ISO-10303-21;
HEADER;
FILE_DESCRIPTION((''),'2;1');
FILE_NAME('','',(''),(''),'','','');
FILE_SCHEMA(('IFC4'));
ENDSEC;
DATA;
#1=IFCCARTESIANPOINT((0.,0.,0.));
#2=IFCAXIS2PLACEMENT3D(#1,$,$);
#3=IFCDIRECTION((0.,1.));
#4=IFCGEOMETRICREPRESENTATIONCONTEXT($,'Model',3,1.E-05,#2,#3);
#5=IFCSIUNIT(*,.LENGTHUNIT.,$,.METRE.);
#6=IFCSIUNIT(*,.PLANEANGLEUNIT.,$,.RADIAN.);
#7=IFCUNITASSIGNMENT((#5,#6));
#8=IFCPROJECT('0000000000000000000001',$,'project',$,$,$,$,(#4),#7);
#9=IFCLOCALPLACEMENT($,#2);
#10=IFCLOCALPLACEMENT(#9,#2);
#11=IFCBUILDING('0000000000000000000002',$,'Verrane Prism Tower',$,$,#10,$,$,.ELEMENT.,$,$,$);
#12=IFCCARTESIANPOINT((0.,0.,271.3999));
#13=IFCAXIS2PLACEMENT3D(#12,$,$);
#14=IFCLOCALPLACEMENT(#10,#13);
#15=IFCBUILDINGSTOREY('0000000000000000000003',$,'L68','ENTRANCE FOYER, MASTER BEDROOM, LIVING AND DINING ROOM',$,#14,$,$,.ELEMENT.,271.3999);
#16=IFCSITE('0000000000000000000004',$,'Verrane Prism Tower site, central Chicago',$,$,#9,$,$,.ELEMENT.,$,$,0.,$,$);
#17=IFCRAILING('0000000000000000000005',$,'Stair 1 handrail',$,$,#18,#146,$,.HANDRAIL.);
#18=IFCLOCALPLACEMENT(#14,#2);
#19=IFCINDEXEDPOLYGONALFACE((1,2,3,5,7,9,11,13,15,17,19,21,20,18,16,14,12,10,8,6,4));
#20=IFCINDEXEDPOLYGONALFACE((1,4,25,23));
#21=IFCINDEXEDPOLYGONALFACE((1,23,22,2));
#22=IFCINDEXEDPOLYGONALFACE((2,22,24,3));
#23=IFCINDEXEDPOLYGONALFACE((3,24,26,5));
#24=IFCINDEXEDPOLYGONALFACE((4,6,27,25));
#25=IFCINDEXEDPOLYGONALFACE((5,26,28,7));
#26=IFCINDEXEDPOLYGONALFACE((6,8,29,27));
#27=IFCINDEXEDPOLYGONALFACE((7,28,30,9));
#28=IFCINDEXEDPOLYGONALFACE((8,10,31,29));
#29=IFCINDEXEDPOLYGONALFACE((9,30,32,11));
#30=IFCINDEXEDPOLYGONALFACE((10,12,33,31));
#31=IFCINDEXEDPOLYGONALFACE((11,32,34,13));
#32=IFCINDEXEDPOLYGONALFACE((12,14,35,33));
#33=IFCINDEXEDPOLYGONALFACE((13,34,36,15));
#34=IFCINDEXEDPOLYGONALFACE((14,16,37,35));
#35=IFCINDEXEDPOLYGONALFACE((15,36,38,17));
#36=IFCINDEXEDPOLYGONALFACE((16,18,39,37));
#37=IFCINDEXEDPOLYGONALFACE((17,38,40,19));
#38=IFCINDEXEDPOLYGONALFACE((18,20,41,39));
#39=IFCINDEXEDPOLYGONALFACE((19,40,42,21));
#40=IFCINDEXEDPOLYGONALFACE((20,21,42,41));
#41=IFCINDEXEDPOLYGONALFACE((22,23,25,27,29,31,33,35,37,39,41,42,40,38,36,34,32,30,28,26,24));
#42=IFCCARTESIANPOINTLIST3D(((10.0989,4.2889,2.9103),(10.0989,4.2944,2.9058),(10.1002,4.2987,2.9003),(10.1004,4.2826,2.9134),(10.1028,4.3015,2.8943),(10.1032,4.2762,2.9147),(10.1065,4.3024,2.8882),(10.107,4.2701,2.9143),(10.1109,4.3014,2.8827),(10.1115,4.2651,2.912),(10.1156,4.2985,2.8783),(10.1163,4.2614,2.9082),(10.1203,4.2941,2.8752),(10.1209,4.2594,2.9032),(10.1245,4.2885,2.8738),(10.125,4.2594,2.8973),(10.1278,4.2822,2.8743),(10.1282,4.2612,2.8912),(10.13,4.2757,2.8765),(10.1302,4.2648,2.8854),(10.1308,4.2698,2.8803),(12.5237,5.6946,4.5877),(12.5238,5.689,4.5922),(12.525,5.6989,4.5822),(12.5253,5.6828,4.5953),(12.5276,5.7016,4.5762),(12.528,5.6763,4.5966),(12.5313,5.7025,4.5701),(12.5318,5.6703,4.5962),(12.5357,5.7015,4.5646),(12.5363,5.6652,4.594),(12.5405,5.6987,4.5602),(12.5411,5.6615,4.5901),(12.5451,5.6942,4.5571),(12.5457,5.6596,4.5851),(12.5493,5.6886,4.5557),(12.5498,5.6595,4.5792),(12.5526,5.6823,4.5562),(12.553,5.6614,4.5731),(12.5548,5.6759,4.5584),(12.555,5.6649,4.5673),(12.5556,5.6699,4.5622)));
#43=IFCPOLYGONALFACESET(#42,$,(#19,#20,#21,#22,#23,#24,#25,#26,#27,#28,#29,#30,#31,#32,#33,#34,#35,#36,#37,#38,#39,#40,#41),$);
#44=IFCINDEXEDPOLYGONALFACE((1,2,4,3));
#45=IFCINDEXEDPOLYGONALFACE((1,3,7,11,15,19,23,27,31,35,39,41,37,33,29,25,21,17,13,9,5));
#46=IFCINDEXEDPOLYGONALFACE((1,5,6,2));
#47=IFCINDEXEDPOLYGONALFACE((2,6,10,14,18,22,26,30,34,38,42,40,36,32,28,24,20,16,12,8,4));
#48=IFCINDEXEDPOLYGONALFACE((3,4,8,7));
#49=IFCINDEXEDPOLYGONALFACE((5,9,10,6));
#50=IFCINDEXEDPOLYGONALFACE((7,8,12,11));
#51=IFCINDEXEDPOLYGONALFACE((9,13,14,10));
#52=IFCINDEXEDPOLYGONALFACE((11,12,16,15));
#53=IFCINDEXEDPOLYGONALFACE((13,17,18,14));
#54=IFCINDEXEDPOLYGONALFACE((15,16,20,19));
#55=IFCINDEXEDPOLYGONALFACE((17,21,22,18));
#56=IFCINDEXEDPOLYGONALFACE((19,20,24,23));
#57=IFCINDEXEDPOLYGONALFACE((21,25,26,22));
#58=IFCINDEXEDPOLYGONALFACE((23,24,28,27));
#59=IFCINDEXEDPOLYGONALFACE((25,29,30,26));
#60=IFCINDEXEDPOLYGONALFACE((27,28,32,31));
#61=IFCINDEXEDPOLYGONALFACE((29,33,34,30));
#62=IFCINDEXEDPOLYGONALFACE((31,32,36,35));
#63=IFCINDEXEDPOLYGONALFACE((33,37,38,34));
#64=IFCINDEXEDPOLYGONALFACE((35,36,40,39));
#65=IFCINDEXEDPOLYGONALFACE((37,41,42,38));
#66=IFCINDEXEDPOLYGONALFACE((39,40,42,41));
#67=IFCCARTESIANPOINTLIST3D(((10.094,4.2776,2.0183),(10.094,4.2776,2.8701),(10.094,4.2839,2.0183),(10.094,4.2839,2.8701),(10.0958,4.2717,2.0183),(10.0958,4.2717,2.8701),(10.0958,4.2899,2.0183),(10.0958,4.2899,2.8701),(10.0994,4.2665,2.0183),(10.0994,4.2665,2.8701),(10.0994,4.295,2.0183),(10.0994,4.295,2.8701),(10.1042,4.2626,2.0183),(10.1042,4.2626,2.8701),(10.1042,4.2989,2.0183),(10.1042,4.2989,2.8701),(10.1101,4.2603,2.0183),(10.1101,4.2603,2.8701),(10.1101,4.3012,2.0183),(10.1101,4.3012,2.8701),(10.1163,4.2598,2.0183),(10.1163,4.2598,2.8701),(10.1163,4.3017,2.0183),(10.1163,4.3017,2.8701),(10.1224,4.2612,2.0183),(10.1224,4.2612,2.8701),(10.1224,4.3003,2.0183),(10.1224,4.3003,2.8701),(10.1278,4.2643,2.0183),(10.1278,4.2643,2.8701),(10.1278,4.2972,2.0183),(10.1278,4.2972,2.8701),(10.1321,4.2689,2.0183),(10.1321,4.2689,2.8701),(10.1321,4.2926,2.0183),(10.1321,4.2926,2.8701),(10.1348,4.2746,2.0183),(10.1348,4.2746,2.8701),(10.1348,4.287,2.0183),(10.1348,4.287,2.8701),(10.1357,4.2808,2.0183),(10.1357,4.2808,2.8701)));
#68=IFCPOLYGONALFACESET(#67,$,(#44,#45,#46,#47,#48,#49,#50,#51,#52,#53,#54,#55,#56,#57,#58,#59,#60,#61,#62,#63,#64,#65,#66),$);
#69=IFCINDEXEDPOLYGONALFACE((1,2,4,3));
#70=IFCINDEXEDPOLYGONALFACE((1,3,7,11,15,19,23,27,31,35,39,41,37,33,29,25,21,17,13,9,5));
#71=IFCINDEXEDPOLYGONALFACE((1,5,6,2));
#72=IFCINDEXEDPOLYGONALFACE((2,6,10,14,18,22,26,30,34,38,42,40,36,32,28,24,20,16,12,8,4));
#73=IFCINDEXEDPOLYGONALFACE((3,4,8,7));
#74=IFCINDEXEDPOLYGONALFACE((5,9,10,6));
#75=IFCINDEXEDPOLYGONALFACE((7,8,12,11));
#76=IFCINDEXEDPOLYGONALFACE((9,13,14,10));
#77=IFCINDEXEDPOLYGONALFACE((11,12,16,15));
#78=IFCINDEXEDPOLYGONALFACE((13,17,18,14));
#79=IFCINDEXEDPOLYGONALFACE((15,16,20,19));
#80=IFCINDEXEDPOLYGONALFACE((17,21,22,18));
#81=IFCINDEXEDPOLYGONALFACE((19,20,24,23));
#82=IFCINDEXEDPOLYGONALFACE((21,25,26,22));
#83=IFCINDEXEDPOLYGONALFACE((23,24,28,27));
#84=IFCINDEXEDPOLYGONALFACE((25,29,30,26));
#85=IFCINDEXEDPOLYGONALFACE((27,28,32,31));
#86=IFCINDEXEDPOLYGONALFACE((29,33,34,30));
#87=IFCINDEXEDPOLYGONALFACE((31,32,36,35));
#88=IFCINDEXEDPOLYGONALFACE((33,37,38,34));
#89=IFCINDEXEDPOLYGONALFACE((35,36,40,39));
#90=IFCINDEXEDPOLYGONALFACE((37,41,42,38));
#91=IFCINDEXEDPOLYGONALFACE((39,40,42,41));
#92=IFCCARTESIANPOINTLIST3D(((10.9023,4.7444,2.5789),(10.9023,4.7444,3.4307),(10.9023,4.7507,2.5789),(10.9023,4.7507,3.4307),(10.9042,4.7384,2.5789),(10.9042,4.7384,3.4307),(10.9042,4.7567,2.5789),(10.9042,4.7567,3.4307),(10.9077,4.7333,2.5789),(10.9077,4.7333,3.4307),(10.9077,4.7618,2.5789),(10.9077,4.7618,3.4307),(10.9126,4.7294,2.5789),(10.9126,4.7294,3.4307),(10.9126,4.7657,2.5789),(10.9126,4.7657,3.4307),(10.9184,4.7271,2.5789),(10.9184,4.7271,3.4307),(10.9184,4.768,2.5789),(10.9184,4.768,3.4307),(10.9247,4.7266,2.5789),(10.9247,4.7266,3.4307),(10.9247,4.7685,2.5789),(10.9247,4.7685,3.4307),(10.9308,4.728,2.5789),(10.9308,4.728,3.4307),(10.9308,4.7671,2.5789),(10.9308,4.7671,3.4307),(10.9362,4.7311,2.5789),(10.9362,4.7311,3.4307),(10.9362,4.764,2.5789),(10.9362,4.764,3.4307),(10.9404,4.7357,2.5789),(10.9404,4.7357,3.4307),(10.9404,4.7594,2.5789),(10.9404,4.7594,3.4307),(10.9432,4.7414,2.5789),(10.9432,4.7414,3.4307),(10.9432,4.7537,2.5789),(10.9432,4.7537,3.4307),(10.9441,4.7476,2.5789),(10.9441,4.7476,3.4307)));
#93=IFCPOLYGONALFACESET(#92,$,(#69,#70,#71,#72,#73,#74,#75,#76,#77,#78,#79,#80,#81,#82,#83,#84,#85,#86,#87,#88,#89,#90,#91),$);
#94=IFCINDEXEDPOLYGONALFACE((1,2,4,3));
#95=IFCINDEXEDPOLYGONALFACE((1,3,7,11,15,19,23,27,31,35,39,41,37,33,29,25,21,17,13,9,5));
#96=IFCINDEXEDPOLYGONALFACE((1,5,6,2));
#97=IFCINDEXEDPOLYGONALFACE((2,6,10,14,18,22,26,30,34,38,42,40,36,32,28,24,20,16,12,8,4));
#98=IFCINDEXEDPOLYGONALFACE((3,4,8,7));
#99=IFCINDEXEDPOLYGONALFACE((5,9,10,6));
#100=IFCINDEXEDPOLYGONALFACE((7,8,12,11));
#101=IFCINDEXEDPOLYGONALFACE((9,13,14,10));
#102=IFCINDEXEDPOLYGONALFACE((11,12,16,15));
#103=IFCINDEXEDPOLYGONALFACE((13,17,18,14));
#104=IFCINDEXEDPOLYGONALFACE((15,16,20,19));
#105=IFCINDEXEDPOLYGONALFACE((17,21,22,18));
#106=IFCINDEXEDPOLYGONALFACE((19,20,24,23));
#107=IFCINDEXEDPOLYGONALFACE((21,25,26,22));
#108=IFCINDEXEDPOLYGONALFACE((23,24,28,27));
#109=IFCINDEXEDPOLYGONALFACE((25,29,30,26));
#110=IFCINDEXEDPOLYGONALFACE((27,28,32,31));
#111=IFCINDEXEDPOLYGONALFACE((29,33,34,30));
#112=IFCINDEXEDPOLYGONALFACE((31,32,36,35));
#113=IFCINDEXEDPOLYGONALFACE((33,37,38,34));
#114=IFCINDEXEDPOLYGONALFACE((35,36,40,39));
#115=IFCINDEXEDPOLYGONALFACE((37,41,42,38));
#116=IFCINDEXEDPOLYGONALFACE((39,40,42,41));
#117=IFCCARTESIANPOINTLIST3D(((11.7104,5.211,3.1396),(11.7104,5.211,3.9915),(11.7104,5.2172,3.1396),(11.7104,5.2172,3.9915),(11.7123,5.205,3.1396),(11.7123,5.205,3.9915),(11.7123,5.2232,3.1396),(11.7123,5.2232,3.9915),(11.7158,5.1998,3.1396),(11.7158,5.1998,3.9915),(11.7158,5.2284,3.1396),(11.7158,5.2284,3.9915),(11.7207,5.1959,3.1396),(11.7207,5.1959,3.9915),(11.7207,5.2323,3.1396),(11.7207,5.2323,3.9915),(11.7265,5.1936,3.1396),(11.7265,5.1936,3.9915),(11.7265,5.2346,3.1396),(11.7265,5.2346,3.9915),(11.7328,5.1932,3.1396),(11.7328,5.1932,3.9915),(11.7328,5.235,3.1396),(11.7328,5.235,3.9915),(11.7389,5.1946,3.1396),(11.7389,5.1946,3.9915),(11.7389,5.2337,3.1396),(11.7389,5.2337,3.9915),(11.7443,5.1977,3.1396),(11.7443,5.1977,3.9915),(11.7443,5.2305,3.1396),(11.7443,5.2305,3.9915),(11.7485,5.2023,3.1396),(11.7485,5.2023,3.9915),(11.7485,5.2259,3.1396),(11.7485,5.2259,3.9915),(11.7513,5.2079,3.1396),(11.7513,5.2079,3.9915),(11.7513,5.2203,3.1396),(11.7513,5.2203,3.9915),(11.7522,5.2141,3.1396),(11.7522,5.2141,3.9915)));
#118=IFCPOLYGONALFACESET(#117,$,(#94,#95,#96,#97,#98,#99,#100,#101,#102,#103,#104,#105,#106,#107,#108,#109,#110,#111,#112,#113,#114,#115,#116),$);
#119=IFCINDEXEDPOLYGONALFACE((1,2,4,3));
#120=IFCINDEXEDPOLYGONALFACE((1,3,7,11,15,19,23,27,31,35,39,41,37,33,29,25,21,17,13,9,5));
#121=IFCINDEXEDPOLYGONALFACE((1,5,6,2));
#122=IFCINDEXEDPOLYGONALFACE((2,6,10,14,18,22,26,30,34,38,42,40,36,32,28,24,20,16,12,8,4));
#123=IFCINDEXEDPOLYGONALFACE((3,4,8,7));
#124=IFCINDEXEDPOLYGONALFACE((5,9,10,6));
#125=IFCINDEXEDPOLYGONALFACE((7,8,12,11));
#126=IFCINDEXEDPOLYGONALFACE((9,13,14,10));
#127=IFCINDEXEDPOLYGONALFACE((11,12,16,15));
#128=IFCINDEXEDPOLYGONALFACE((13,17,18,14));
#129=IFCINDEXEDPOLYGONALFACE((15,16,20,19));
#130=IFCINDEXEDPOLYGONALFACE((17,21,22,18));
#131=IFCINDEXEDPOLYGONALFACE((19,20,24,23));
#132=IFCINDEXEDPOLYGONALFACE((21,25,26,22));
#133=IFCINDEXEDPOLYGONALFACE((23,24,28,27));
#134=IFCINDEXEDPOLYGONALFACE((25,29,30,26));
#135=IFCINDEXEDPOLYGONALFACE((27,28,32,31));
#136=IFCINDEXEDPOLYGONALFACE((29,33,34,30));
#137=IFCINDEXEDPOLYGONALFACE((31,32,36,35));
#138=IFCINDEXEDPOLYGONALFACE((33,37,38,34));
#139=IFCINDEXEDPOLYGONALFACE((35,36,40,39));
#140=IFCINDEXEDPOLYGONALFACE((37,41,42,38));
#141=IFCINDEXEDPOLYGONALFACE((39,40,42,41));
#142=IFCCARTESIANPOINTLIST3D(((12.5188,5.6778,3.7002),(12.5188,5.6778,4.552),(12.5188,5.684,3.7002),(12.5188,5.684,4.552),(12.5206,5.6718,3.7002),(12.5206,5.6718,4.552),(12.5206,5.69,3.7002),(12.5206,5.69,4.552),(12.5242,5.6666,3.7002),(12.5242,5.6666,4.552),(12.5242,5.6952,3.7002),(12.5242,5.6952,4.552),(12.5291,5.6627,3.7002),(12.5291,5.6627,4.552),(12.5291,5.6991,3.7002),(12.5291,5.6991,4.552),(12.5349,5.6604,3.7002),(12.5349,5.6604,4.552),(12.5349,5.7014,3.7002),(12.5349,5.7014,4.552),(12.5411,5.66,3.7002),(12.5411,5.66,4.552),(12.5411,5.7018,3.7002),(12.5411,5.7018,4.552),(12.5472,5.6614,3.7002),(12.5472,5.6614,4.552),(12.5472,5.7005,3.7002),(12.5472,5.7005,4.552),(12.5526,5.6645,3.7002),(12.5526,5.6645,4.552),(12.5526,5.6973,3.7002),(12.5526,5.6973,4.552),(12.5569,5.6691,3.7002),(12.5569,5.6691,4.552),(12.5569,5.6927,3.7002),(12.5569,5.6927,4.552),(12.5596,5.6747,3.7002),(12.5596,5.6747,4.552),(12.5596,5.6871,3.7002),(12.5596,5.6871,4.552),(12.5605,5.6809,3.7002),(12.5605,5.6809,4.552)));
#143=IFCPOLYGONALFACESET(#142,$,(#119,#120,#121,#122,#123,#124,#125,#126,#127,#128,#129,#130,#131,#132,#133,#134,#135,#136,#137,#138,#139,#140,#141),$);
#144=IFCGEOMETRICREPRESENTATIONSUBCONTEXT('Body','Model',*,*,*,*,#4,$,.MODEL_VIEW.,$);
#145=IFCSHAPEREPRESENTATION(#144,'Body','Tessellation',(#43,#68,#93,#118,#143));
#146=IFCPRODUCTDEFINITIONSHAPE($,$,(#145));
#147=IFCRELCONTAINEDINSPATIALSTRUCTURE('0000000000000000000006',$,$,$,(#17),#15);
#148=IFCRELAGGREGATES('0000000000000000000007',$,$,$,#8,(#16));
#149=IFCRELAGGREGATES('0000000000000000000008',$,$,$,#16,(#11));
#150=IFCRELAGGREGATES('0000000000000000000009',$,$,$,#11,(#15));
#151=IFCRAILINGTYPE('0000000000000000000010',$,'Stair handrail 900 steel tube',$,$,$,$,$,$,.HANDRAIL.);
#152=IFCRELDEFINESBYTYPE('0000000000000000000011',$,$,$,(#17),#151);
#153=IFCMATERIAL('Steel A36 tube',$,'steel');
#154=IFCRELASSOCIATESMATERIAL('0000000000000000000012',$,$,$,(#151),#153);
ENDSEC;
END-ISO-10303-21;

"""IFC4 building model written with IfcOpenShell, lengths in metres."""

from ifc_helpers import new_model, si_unit, direction, frame, origin, origin_2d, place, context, subcontext, project, spatial, circle, extrude, material, type_object, element, save


model = new_model("IFC4")

# Units and contexts
model_context = context("Model", 3, precision=1e-05, world=origin(), true_north=direction((0.0, 1.0)))
body_context = subcontext(model_context, "Body", "Model", "MODEL_VIEW")
ifc_project = project(units=[si_unit("LENGTHUNIT", "METRE"), si_unit("PLANEANGLEUNIT", "RADIAN")], contexts=[model_context])

# Site, building, storey
site_placement = place(None, origin())
site = spatial("IfcSite", under=ifc_project, at=site_placement, Name="Verrane Prism Tower site, central Chicago", CompositionType="ELEMENT", RefElevation=0.0)
building_placement = place(site_placement, origin())
building = spatial("IfcBuilding", under=site, at=building_placement, Name="Verrane Prism Tower", CompositionType="ELEMENT")
storey_placement = place(building_placement, frame((0.0, 0.0, 271.3999)))
storey = spatial("IfcBuildingStorey", under=building, at=storey_placement, Name="L68", Description="ENTRANCE FOYER, MASTER BEDROOM, LIVING AND DINING ROOM", CompositionType="ELEMENT", Elevation=271.3999)

# Railing
ifc_material_1 = material(Name="Steel A36 tube", Category="steel")
railing_type = type_object("IfcRailingType", Name="Stair handrail 900 steel tube", PredefinedType="HANDRAIL", material=ifc_material_1)
railing_placement = place(storey_placement, frame((10.1147, 4.2808, 2.0183)))
element("IfcRailing", 1, at=railing_placement, inside=storey, type_object=railing_type, Name="Stair 1 handrail", PredefinedType="HANDRAIL", context=body_context, shape_type="SweptSolid", body=[
    extrude(circle(Radius=0.0239, at=origin_2d()), frame((0.0, 0.0, 0.876), z_axis=(0.742367, 0.428662, 0.514918), x_axis=(-0.50005, 0.865997, 0.0)), (0.0, 0.0, 1.0), 3.2664),
    extrude(circle(Radius=0.021, at=origin_2d()), origin(), (0.0, 0.0, 1.0), 0.8518),
    extrude(circle(Radius=0.021, at=origin_2d()), frame((0.8083, 0.4668, 0.5605)), (0.0, 0.0, 1.0), 0.8518),
    extrude(circle(Radius=0.021, at=origin_2d()), frame((1.6165, 0.9333, 1.1213)), (0.0, 0.0, 1.0), 0.8518),
    extrude(circle(Radius=0.021, at=origin_2d()), frame((2.4248, 1.4001, 1.6819)), (0.0, 0.0, 1.0), 0.8518),
])

save(model, "model.ifc")
